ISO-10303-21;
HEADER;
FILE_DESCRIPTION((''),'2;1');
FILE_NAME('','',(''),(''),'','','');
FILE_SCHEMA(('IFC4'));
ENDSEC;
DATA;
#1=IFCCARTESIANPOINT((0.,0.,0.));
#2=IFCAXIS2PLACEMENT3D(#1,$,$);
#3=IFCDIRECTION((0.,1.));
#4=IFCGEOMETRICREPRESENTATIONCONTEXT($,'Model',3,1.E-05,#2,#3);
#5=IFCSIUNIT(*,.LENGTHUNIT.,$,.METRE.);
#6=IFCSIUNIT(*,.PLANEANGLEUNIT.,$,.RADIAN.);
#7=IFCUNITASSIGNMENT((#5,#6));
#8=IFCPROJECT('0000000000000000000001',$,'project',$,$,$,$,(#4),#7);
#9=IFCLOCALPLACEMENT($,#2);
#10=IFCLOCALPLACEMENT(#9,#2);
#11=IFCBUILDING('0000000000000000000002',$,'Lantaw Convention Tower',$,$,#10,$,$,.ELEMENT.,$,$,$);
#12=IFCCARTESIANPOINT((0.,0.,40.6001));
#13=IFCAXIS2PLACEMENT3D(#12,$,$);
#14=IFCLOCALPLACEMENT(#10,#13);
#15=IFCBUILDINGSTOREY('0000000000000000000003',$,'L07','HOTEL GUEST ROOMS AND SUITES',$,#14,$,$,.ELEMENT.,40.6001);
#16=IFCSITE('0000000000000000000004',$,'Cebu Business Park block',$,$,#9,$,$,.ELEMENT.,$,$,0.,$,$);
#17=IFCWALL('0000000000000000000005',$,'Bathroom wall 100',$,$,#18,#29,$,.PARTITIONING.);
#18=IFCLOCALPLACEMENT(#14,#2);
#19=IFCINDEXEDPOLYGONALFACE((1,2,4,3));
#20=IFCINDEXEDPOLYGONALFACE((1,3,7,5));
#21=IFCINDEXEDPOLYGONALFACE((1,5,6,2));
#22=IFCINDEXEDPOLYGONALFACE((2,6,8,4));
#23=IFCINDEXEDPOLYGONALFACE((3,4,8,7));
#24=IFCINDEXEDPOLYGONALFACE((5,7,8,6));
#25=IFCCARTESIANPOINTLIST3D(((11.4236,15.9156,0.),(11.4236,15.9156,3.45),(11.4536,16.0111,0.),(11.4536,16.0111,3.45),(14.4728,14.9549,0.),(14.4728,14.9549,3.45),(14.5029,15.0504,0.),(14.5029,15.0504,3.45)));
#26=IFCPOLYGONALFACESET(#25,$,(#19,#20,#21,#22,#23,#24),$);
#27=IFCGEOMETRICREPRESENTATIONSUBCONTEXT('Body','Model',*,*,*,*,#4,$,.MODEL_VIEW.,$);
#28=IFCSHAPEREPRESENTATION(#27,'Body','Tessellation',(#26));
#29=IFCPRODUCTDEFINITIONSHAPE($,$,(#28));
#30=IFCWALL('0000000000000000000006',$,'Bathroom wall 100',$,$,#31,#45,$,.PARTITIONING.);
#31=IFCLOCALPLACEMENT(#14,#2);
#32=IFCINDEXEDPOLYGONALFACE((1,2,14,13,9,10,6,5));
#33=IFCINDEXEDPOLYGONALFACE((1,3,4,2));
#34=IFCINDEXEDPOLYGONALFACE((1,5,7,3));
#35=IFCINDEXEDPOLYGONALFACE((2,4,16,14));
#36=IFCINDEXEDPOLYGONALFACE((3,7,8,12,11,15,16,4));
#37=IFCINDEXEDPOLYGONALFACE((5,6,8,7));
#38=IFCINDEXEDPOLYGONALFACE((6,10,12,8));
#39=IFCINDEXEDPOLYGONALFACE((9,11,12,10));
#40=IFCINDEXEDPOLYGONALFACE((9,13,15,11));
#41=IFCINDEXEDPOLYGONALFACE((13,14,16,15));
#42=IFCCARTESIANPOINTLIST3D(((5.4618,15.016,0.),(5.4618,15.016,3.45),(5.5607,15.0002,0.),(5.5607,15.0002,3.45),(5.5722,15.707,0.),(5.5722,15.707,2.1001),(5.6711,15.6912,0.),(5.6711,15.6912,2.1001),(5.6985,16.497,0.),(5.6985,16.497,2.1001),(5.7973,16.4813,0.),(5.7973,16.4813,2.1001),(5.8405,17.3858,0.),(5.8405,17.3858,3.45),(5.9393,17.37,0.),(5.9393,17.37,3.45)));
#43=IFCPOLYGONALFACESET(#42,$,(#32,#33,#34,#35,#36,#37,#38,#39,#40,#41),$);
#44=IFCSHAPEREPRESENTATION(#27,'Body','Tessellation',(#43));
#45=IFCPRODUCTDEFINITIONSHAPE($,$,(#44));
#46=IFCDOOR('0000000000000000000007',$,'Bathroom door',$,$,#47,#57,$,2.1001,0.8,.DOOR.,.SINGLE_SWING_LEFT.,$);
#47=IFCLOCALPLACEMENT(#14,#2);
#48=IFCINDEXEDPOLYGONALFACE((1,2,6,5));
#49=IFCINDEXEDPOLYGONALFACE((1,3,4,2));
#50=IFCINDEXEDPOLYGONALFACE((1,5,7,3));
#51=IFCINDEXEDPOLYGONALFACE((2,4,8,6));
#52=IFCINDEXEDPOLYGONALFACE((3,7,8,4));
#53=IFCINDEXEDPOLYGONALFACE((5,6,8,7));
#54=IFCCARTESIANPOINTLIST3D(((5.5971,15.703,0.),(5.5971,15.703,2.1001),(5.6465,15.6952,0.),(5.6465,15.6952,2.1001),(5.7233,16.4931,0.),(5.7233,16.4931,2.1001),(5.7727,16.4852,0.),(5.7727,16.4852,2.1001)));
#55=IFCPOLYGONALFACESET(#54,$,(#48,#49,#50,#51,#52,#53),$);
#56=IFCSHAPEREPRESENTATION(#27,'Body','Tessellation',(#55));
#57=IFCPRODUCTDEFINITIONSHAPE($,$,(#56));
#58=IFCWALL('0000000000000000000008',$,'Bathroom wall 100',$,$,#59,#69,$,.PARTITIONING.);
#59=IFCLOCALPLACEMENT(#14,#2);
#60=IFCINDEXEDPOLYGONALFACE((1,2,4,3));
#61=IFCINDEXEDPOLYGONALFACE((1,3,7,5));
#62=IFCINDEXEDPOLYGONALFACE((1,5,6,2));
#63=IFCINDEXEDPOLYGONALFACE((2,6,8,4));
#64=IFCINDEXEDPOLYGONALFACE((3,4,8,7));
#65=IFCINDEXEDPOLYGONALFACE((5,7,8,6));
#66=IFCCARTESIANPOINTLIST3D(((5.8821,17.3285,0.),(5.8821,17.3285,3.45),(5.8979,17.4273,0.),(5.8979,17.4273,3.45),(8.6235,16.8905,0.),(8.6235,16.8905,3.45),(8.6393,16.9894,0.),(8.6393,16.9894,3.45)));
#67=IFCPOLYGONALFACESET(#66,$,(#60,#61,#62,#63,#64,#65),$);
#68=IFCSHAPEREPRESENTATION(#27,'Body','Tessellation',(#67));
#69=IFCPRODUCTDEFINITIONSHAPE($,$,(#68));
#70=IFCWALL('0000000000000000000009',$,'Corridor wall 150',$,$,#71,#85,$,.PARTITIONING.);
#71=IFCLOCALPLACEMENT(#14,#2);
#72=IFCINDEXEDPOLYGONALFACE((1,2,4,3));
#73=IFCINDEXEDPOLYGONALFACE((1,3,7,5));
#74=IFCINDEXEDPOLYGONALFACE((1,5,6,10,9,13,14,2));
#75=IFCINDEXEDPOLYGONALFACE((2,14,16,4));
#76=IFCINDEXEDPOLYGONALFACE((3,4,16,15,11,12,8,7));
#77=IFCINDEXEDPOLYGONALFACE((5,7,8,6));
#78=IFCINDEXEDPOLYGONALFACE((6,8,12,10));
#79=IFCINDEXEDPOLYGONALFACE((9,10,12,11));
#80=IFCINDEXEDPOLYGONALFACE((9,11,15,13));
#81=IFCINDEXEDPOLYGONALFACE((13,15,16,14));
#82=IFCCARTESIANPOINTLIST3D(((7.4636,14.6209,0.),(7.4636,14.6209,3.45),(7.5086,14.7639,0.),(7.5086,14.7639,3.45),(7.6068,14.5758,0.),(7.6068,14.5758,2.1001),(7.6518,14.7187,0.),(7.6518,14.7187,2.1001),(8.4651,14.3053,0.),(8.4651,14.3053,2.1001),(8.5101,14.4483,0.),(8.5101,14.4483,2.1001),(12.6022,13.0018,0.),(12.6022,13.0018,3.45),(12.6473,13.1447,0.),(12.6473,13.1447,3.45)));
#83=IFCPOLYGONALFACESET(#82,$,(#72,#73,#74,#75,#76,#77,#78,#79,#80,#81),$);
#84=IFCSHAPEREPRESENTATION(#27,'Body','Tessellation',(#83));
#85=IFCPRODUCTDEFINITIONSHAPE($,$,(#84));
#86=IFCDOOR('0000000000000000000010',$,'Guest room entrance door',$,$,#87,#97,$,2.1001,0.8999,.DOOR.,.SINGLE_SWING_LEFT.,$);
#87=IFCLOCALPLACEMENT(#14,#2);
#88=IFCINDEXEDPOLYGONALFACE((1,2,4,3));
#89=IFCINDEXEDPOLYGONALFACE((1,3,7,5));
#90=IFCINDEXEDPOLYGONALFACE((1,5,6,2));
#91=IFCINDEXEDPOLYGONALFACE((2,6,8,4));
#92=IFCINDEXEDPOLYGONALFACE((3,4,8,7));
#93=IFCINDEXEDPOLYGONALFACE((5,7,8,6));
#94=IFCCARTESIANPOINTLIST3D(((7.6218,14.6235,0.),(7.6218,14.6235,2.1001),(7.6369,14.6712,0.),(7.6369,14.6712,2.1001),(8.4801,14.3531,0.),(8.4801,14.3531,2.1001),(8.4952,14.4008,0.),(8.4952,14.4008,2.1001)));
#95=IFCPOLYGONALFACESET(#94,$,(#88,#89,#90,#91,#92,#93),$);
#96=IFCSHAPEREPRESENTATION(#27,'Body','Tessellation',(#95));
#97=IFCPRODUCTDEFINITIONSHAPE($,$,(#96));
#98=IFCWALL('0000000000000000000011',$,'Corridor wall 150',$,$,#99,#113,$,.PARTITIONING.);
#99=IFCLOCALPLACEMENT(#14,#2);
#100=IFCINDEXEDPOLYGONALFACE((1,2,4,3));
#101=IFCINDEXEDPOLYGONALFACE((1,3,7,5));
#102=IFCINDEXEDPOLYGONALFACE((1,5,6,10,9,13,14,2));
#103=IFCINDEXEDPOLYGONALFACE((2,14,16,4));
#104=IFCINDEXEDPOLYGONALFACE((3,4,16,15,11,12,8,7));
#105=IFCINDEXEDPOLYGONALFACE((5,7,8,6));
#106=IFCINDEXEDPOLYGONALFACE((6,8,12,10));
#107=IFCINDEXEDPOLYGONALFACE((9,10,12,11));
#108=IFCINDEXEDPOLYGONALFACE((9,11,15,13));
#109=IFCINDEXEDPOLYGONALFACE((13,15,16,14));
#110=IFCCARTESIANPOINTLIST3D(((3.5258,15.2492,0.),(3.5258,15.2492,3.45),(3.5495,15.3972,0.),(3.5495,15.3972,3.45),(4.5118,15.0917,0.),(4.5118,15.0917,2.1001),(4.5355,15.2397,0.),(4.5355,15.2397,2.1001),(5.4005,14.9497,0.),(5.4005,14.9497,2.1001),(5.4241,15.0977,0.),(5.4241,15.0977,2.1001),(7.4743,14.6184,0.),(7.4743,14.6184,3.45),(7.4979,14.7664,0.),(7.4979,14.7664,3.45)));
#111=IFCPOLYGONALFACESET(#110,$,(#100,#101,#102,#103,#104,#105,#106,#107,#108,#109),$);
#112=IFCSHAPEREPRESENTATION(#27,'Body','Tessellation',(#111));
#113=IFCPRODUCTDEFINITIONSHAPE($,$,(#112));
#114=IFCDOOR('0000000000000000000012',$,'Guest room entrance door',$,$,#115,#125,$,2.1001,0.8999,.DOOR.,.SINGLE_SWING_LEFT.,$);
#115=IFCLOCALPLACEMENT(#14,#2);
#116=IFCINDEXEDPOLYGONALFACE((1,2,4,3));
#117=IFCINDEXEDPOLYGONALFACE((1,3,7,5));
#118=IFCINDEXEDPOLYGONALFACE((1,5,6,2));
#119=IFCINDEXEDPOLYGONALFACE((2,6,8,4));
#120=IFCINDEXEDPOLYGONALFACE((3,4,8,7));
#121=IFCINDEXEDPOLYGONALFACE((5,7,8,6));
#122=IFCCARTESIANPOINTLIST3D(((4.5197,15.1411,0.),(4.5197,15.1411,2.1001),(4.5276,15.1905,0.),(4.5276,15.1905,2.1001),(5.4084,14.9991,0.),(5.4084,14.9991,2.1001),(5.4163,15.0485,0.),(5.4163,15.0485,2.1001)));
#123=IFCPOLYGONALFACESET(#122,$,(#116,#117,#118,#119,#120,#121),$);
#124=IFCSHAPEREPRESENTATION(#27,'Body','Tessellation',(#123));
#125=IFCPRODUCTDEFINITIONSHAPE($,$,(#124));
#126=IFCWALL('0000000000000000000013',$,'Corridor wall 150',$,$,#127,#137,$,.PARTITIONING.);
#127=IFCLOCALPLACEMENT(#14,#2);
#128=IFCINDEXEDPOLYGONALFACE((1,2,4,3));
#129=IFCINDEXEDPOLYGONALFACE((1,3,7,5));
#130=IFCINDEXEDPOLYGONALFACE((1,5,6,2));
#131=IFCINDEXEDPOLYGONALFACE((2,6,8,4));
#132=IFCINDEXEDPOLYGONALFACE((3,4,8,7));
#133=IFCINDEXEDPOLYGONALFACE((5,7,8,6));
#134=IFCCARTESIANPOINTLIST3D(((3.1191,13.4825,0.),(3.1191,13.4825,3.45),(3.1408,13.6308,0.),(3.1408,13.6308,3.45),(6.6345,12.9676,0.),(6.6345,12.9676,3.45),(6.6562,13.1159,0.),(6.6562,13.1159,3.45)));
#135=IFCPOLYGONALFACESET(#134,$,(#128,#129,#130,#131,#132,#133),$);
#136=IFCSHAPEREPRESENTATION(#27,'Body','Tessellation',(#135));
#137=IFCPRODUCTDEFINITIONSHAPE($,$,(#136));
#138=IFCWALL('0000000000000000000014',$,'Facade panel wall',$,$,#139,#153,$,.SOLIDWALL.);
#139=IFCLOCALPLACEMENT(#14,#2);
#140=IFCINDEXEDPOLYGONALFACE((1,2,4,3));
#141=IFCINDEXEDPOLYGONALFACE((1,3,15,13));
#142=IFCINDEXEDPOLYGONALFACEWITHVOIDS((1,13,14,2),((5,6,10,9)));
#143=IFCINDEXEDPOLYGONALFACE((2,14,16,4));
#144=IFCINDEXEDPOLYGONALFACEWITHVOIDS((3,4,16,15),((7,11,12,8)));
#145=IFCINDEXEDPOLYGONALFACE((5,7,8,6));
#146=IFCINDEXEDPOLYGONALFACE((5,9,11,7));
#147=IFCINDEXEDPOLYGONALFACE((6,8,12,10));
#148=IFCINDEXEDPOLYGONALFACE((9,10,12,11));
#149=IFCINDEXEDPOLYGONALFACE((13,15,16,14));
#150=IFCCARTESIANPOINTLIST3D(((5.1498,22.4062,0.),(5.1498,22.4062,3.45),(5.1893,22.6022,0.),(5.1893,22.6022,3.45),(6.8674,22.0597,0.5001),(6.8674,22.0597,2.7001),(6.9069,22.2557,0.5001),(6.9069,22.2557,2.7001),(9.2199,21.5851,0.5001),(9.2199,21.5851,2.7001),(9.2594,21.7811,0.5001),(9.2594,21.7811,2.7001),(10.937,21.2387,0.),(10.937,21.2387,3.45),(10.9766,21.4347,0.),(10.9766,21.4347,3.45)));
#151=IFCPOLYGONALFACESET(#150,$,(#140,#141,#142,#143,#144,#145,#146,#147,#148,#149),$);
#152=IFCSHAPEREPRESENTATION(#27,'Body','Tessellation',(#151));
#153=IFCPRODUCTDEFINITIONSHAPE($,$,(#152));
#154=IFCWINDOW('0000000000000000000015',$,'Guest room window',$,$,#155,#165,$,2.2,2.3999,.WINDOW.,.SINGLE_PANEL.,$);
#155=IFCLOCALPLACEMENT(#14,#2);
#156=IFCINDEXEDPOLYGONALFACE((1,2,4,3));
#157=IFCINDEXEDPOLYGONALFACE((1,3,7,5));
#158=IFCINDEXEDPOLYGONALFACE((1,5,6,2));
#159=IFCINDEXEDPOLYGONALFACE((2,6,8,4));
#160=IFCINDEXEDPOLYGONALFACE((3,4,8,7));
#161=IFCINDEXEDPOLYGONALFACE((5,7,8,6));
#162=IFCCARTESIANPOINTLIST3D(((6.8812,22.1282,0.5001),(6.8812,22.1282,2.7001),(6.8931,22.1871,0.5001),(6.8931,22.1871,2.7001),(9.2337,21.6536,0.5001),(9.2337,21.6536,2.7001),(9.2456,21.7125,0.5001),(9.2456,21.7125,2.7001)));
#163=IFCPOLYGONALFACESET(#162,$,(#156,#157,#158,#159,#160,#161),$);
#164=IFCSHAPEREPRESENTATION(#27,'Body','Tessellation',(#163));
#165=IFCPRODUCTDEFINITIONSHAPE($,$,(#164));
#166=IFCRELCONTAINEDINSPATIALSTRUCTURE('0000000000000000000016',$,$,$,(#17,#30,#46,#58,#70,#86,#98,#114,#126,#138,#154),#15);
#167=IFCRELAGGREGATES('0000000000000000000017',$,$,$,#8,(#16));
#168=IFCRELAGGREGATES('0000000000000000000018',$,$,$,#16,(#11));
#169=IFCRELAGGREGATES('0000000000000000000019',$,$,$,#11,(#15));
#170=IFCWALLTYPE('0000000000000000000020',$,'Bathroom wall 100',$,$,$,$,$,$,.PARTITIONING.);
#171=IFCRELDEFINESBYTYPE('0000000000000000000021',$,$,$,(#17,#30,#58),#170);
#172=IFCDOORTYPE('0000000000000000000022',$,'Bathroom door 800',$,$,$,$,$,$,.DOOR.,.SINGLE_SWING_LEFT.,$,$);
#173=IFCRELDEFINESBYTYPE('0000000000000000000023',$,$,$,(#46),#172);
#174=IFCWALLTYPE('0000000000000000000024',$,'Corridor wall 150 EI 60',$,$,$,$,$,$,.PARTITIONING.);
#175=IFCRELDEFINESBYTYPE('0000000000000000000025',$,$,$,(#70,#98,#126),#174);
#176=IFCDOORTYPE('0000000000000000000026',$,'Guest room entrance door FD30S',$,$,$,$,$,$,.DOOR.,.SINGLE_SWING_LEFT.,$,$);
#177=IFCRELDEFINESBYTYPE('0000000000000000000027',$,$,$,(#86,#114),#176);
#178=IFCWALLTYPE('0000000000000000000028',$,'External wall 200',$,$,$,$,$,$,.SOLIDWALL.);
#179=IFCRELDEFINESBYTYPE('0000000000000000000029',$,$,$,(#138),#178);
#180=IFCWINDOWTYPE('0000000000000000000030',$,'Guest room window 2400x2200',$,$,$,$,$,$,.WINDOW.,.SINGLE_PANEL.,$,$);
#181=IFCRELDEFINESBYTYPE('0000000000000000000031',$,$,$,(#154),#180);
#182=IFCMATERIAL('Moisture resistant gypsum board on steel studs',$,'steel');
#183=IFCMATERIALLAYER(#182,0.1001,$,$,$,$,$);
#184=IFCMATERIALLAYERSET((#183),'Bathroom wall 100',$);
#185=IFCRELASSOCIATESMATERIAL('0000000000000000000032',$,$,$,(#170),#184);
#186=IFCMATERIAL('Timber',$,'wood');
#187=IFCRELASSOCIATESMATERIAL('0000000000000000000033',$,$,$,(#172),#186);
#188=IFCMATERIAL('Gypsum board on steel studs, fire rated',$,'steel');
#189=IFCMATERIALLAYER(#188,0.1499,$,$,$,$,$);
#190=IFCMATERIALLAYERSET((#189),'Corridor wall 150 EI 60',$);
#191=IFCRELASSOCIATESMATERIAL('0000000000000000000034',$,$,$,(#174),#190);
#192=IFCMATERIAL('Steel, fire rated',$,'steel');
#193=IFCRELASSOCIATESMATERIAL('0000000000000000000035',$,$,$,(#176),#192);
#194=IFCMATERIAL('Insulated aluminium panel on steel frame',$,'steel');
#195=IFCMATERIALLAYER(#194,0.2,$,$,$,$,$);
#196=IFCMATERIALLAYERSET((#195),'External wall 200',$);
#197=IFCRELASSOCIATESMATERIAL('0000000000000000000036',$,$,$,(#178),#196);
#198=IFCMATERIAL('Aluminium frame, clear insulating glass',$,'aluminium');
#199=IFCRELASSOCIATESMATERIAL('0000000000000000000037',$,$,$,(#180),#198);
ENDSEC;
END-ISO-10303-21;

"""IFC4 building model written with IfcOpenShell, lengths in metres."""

from ifc_helpers import new_model, si_unit, direction, frame, frame_2d, origin, place, context, subcontext, project, spatial, rectangle, extrude, material, layer, layer_set, type_object, element, fill, save


model = new_model("IFC4")

# Units and contexts
model_context = context("Model", 3, precision=1e-05, world=origin(), true_north=direction((0.0, 1.0)))
body_context = subcontext(model_context, "Body", "Model", "MODEL_VIEW")
ifc_project = project(units=[si_unit("LENGTHUNIT", "METRE"), si_unit("PLANEANGLEUNIT", "RADIAN")], contexts=[model_context])

# Site, building, storey
site_placement = place(None, origin())
site = spatial("IfcSite", under=ifc_project, at=site_placement, Name="Cebu Business Park block", CompositionType="ELEMENT", RefElevation=0.0)
building_placement = place(site_placement, origin())
building = spatial("IfcBuilding", under=site, at=building_placement, Name="Lantaw Convention Tower", CompositionType="ELEMENT")
storey_placement = place(building_placement, frame((0.0, 0.0, 40.6001)))
storey = spatial("IfcBuildingStorey", under=building, at=storey_placement, Name="L07", Description="HOTEL GUEST ROOMS AND SUITES", CompositionType="ELEMENT", Elevation=40.6001)

# Shared definitions
ifc_material_1 = material(Name="Moisture resistant gypsum board on steel studs", Category="steel")
ifc_layer_1 = layer(ifc_material_1, 0.1001)
ifc_layer_set_1 = layer_set([ifc_layer_1], Name="Bathroom wall 100")
wall_type_1 = type_object("IfcWallType", Name="Bathroom wall 100", PredefinedType="PARTITIONING", material=ifc_layer_set_1)
ifc_material_2 = material(Name="Timber", Category="wood")
door_type_1 = type_object("IfcDoorType", Name="Bathroom door 800", OperationType="SINGLE_SWING_LEFT", PredefinedType="DOOR", material=ifc_material_2)

# Wall
wall_1_placement = place(storey_placement, frame((11.4385, 15.9634, 0.0), z_axis=(0.0, 0.0, 1.0), x_axis=(0.953784, -0.300492, 0.0)))
element("IfcWall", 1, at=wall_1_placement, inside=storey, type_object=wall_type_1, Name="Bathroom wall 100", PredefinedType="PARTITIONING", context=body_context, shape_type="SweptSolid", body=[
    extrude(rectangle(XDim=3.197, YDim=0.1001, at=frame_2d((1.5986, 0.0))), origin(), (0.0, 0.0, 1.0), 3.45),
])

# Wall, opening, door
wall_2_placement = place(storey_placement, frame((5.5112, 15.0081, 0.0), z_axis=(0.0, 0.0, 1.0), x_axis=(0.15778, 0.987474, 0.0)))
wall_2 = element("IfcWall", 2, at=wall_2_placement, inside=storey, type_object=wall_type_1, Name="Bathroom wall 100", PredefinedType="PARTITIONING", context=body_context, shape_type="SweptSolid", body=[
    extrude(rectangle(XDim=2.3999, YDim=0.1001, at=frame_2d((1.2, 0.0))), origin(), (0.0, 0.0, 1.0), 3.45),
])
opening_1_placement = place(wall_2_placement, frame((0.7, 0.0, 0.0)))
opening_1 = element("IfcOpeningElement", 3, at=opening_1_placement, cuts=wall_2, PredefinedType="OPENING", context=body_context, shape_type="SweptSolid", body=[
    extrude(rectangle(XDim=0.8, YDim=2.1001, at=frame_2d((0.3999, 1.05))), frame((0.0, 0.0601, 0.0), z_axis=(0.0, -1.0, 0.0), x_axis=(1.0, 0.0, 0.0)), (0.0, 0.0, 1.0), 0.1201),
])
door_1_placement = place(opening_1_placement, origin())
door_1 = element("IfcDoor", 4, at=door_1_placement, inside=storey, type_object=door_type_1, Name="Bathroom door", OperationType="SINGLE_SWING_LEFT", OverallHeight=2.1001, OverallWidth=0.8, PredefinedType="DOOR", context=body_context, shape_type="SweptSolid", body=[
    extrude(rectangle(XDim=0.8, YDim=2.1001, at=frame_2d((0.3999, 1.05))), frame((0.0, 0.0249, 0.0), z_axis=(0.0, -1.0, 0.0), x_axis=(1.0, 0.0, 0.0)), (0.0, 0.0, 1.0), 0.05),
])
fill(opening_1, door_1)

# Wall
wall_3_placement = place(storey_placement, frame((5.8899, 17.3779, 0.0), z_axis=(0.0, 0.0, 1.0), x_axis=(0.987477, -0.157764, 0.0)))
element("IfcWall", 5, at=wall_3_placement, inside=storey, type_object=wall_type_1, Name="Bathroom wall 100", PredefinedType="PARTITIONING", context=body_context, shape_type="SweptSolid", body=[
    extrude(rectangle(XDim=2.7761, YDim=0.1001, at=frame_2d((1.3882, 0.0))), origin(), (0.0, 0.0, 1.0), 3.45),
])

# Walls, openings, doors
ifc_material_3 = material(Name="Gypsum board on steel studs, fire rated", Category="steel")
ifc_layer_2 = layer(ifc_material_3, 0.1499)
ifc_layer_set_2 = layer_set([ifc_layer_2], Name="Corridor wall 150 EI 60")
wall_type_2 = type_object("IfcWallType", Name="Corridor wall 150 EI 60", PredefinedType="PARTITIONING", material=ifc_layer_set_2)
wall_4_placement = place(storey_placement, frame((12.6248, 13.0732, 0.0), z_axis=(0.0, 0.0, 1.0), x_axis=(-0.953774, 0.300524, 0.0)))
wall_4 = element("IfcWall", 6, at=wall_4_placement, inside=storey, type_object=wall_type_2, Name="Corridor wall 150", PredefinedType="PARTITIONING", context=body_context, shape_type="SweptSolid", body=[
    extrude(rectangle(XDim=5.3877, YDim=0.1499, at=frame_2d((2.6938, 0.0))), origin(), (0.0, 0.0, 1.0), 3.45),
])
opening_2_placement = place(wall_4_placement, frame((4.3376, 0.0, 0.0)))
opening_2 = element("IfcOpeningElement", 7, at=opening_2_placement, cuts=wall_4, PredefinedType="OPENING", context=body_context, shape_type="SweptSolid", body=[
    extrude(rectangle(XDim=0.8999, YDim=2.1001, at=frame_2d((0.45, 1.05))), frame((0.0, 0.085, 0.0), z_axis=(0.0, -1.0, 0.0), x_axis=(1.0, 0.0, 0.0)), (0.0, 0.0, 1.0), 0.1699),
])
ifc_material_4 = material(Name="Steel, fire rated", Category="steel")
door_type_2 = type_object("IfcDoorType", Name="Guest room entrance door FD30S", OperationType="SINGLE_SWING_LEFT", PredefinedType="DOOR", material=ifc_material_4)
door_2_placement = place(opening_2_placement, origin())
door_2 = element("IfcDoor", 8, at=door_2_placement, inside=storey, type_object=door_type_2, Name="Guest room entrance door", OperationType="SINGLE_SWING_LEFT", OverallHeight=2.1001, OverallWidth=0.8999, PredefinedType="DOOR", context=body_context, shape_type="SweptSolid", body=[
    extrude(rectangle(XDim=0.8999, YDim=2.1001, at=frame_2d((0.45, 1.05))), frame((0.0, 0.0249, 0.0), z_axis=(0.0, -1.0, 0.0), x_axis=(1.0, 0.0, 0.0)), (0.0, 0.0, 1.0), 0.05),
])
fill(opening_2, door_2)
wall_5_placement = place(storey_placement, frame((7.4861, 14.6924, 0.0), z_axis=(0.0, 0.0, 1.0), x_axis=(-0.987476, 0.157771, 0.0)))
wall_5 = element("IfcWall", 9, at=wall_5_placement, inside=storey, type_object=wall_type_2, Name="Corridor wall 150", PredefinedType="PARTITIONING", context=body_context, shape_type="SweptSolid", body=[
    extrude(rectangle(XDim=3.9985, YDim=0.1499, at=frame_2d((1.9993, 0.0))), origin(), (0.0, 0.0, 1.0), 3.45),
])
opening_3_placement = place(wall_5_placement, frame((2.1001, 0.0, 0.0)))
opening_3 = element("IfcOpeningElement", 10, at=opening_3_placement, cuts=wall_5, PredefinedType="OPENING", context=body_context, shape_type="SweptSolid", body=[
    extrude(rectangle(XDim=0.8999, YDim=2.1001, at=frame_2d((0.45, 1.05))), frame((0.0, 0.085, 0.0), z_axis=(0.0, -1.0, 0.0), x_axis=(1.0, 0.0, 0.0)), (0.0, 0.0, 1.0), 0.1699),
])
door_3_placement = place(opening_3_placement, origin())
door_3 = element("IfcDoor", 11, at=door_3_placement, inside=storey, type_object=door_type_2, Name="Guest room entrance door", OperationType="SINGLE_SWING_LEFT", OverallHeight=2.1001, OverallWidth=0.8999, PredefinedType="DOOR", context=body_context, shape_type="SweptSolid", body=[
    extrude(rectangle(XDim=0.8999, YDim=2.1001, at=frame_2d((0.45, 1.05))), frame((0.0, 0.0249, 0.0), z_axis=(0.0, -1.0, 0.0), x_axis=(1.0, 0.0, 0.0)), (0.0, 0.0, 1.0), 0.05),
])
fill(opening_3, door_3)

# Wall
wall_6_placement = place(storey_placement, frame((6.6453, 13.0417, 0.0), z_axis=(0.0, 0.0, 1.0), x_axis=(-0.989443, 0.144922, 0.0)))
element("IfcWall", 12, at=wall_6_placement, inside=storey, type_object=wall_type_2, Name="Corridor wall 150", PredefinedType="PARTITIONING", context=body_context, shape_type="SweptSolid", body=[
    extrude(rectangle(XDim=3.553, YDim=0.1499, at=frame_2d((1.7764, 0.0))), origin(), (0.0, 0.0, 1.0), 3.45),
])

# Wall, opening, window
ifc_material_5 = material(Name="Insulated aluminium panel on steel frame", Category="steel")
ifc_layer_3 = layer(ifc_material_5, 0.2)
ifc_layer_set_3 = layer_set([ifc_layer_3], Name="External wall 200")
wall_type_3 = type_object("IfcWallType", Name="External wall 200", PredefinedType="SOLIDWALL", material=ifc_layer_set_3)
wall_7_placement = place(storey_placement, frame((10.9568, 21.3367, 0.0), z_axis=(0.0, 0.0, 1.0), x_axis=(-0.980252, 0.197754, 0.0)))
wall_7 = element("IfcWall", 13, at=wall_7_placement, inside=storey, type_object=wall_type_3, Name="Facade panel wall", PredefinedType="SOLIDWALL", context=body_context, shape_type="SweptSolid", body=[
    extrude(rectangle(XDim=5.9038, YDim=0.2, at=frame_2d((2.9519, 0.0))), origin(), (0.0, 0.0, 1.0), 3.45),
])
opening_4_placement = place(wall_7_placement, frame((1.7517, 0.0, 0.5)))
opening_4 = element("IfcOpeningElement", 14, at=opening_4_placement, cuts=wall_7, PredefinedType="OPENING", context=body_context, shape_type="SweptSolid", body=[
    extrude(rectangle(XDim=2.3999, YDim=2.2, at=frame_2d((1.2, 1.1001))), frame((0.0, 0.1099, 0.0), z_axis=(0.0, -1.0, 0.0), x_axis=(1.0, 0.0, 0.0)), (0.0, 0.0, 1.0), 0.22),
])
ifc_material_6 = material(Name="Aluminium frame, clear insulating glass", Category="aluminium")
window_type = type_object("IfcWindowType", Name="Guest room window 2400x2200", PartitioningType="SINGLE_PANEL", PredefinedType="WINDOW", material=ifc_material_6)
window_1_placement = place(opening_4_placement, origin())
window_1 = element("IfcWindow", 15, at=window_1_placement, inside=storey, type_object=window_type, Name="Guest room window", OverallHeight=2.2, OverallWidth=2.3999, PartitioningType="SINGLE_PANEL", PredefinedType="WINDOW", context=body_context, shape_type="SweptSolid", body=[
    extrude(rectangle(XDim=2.3999, YDim=2.2, at=frame_2d((1.2, 1.1001))), frame((0.0, 0.03, 0.0), z_axis=(0.0, -1.0, 0.0), x_axis=(1.0, 0.0, 0.0)), (0.0, 0.0, 1.0), 0.0601),
])
fill(opening_4, window_1)

save(model, "model.ifc")
